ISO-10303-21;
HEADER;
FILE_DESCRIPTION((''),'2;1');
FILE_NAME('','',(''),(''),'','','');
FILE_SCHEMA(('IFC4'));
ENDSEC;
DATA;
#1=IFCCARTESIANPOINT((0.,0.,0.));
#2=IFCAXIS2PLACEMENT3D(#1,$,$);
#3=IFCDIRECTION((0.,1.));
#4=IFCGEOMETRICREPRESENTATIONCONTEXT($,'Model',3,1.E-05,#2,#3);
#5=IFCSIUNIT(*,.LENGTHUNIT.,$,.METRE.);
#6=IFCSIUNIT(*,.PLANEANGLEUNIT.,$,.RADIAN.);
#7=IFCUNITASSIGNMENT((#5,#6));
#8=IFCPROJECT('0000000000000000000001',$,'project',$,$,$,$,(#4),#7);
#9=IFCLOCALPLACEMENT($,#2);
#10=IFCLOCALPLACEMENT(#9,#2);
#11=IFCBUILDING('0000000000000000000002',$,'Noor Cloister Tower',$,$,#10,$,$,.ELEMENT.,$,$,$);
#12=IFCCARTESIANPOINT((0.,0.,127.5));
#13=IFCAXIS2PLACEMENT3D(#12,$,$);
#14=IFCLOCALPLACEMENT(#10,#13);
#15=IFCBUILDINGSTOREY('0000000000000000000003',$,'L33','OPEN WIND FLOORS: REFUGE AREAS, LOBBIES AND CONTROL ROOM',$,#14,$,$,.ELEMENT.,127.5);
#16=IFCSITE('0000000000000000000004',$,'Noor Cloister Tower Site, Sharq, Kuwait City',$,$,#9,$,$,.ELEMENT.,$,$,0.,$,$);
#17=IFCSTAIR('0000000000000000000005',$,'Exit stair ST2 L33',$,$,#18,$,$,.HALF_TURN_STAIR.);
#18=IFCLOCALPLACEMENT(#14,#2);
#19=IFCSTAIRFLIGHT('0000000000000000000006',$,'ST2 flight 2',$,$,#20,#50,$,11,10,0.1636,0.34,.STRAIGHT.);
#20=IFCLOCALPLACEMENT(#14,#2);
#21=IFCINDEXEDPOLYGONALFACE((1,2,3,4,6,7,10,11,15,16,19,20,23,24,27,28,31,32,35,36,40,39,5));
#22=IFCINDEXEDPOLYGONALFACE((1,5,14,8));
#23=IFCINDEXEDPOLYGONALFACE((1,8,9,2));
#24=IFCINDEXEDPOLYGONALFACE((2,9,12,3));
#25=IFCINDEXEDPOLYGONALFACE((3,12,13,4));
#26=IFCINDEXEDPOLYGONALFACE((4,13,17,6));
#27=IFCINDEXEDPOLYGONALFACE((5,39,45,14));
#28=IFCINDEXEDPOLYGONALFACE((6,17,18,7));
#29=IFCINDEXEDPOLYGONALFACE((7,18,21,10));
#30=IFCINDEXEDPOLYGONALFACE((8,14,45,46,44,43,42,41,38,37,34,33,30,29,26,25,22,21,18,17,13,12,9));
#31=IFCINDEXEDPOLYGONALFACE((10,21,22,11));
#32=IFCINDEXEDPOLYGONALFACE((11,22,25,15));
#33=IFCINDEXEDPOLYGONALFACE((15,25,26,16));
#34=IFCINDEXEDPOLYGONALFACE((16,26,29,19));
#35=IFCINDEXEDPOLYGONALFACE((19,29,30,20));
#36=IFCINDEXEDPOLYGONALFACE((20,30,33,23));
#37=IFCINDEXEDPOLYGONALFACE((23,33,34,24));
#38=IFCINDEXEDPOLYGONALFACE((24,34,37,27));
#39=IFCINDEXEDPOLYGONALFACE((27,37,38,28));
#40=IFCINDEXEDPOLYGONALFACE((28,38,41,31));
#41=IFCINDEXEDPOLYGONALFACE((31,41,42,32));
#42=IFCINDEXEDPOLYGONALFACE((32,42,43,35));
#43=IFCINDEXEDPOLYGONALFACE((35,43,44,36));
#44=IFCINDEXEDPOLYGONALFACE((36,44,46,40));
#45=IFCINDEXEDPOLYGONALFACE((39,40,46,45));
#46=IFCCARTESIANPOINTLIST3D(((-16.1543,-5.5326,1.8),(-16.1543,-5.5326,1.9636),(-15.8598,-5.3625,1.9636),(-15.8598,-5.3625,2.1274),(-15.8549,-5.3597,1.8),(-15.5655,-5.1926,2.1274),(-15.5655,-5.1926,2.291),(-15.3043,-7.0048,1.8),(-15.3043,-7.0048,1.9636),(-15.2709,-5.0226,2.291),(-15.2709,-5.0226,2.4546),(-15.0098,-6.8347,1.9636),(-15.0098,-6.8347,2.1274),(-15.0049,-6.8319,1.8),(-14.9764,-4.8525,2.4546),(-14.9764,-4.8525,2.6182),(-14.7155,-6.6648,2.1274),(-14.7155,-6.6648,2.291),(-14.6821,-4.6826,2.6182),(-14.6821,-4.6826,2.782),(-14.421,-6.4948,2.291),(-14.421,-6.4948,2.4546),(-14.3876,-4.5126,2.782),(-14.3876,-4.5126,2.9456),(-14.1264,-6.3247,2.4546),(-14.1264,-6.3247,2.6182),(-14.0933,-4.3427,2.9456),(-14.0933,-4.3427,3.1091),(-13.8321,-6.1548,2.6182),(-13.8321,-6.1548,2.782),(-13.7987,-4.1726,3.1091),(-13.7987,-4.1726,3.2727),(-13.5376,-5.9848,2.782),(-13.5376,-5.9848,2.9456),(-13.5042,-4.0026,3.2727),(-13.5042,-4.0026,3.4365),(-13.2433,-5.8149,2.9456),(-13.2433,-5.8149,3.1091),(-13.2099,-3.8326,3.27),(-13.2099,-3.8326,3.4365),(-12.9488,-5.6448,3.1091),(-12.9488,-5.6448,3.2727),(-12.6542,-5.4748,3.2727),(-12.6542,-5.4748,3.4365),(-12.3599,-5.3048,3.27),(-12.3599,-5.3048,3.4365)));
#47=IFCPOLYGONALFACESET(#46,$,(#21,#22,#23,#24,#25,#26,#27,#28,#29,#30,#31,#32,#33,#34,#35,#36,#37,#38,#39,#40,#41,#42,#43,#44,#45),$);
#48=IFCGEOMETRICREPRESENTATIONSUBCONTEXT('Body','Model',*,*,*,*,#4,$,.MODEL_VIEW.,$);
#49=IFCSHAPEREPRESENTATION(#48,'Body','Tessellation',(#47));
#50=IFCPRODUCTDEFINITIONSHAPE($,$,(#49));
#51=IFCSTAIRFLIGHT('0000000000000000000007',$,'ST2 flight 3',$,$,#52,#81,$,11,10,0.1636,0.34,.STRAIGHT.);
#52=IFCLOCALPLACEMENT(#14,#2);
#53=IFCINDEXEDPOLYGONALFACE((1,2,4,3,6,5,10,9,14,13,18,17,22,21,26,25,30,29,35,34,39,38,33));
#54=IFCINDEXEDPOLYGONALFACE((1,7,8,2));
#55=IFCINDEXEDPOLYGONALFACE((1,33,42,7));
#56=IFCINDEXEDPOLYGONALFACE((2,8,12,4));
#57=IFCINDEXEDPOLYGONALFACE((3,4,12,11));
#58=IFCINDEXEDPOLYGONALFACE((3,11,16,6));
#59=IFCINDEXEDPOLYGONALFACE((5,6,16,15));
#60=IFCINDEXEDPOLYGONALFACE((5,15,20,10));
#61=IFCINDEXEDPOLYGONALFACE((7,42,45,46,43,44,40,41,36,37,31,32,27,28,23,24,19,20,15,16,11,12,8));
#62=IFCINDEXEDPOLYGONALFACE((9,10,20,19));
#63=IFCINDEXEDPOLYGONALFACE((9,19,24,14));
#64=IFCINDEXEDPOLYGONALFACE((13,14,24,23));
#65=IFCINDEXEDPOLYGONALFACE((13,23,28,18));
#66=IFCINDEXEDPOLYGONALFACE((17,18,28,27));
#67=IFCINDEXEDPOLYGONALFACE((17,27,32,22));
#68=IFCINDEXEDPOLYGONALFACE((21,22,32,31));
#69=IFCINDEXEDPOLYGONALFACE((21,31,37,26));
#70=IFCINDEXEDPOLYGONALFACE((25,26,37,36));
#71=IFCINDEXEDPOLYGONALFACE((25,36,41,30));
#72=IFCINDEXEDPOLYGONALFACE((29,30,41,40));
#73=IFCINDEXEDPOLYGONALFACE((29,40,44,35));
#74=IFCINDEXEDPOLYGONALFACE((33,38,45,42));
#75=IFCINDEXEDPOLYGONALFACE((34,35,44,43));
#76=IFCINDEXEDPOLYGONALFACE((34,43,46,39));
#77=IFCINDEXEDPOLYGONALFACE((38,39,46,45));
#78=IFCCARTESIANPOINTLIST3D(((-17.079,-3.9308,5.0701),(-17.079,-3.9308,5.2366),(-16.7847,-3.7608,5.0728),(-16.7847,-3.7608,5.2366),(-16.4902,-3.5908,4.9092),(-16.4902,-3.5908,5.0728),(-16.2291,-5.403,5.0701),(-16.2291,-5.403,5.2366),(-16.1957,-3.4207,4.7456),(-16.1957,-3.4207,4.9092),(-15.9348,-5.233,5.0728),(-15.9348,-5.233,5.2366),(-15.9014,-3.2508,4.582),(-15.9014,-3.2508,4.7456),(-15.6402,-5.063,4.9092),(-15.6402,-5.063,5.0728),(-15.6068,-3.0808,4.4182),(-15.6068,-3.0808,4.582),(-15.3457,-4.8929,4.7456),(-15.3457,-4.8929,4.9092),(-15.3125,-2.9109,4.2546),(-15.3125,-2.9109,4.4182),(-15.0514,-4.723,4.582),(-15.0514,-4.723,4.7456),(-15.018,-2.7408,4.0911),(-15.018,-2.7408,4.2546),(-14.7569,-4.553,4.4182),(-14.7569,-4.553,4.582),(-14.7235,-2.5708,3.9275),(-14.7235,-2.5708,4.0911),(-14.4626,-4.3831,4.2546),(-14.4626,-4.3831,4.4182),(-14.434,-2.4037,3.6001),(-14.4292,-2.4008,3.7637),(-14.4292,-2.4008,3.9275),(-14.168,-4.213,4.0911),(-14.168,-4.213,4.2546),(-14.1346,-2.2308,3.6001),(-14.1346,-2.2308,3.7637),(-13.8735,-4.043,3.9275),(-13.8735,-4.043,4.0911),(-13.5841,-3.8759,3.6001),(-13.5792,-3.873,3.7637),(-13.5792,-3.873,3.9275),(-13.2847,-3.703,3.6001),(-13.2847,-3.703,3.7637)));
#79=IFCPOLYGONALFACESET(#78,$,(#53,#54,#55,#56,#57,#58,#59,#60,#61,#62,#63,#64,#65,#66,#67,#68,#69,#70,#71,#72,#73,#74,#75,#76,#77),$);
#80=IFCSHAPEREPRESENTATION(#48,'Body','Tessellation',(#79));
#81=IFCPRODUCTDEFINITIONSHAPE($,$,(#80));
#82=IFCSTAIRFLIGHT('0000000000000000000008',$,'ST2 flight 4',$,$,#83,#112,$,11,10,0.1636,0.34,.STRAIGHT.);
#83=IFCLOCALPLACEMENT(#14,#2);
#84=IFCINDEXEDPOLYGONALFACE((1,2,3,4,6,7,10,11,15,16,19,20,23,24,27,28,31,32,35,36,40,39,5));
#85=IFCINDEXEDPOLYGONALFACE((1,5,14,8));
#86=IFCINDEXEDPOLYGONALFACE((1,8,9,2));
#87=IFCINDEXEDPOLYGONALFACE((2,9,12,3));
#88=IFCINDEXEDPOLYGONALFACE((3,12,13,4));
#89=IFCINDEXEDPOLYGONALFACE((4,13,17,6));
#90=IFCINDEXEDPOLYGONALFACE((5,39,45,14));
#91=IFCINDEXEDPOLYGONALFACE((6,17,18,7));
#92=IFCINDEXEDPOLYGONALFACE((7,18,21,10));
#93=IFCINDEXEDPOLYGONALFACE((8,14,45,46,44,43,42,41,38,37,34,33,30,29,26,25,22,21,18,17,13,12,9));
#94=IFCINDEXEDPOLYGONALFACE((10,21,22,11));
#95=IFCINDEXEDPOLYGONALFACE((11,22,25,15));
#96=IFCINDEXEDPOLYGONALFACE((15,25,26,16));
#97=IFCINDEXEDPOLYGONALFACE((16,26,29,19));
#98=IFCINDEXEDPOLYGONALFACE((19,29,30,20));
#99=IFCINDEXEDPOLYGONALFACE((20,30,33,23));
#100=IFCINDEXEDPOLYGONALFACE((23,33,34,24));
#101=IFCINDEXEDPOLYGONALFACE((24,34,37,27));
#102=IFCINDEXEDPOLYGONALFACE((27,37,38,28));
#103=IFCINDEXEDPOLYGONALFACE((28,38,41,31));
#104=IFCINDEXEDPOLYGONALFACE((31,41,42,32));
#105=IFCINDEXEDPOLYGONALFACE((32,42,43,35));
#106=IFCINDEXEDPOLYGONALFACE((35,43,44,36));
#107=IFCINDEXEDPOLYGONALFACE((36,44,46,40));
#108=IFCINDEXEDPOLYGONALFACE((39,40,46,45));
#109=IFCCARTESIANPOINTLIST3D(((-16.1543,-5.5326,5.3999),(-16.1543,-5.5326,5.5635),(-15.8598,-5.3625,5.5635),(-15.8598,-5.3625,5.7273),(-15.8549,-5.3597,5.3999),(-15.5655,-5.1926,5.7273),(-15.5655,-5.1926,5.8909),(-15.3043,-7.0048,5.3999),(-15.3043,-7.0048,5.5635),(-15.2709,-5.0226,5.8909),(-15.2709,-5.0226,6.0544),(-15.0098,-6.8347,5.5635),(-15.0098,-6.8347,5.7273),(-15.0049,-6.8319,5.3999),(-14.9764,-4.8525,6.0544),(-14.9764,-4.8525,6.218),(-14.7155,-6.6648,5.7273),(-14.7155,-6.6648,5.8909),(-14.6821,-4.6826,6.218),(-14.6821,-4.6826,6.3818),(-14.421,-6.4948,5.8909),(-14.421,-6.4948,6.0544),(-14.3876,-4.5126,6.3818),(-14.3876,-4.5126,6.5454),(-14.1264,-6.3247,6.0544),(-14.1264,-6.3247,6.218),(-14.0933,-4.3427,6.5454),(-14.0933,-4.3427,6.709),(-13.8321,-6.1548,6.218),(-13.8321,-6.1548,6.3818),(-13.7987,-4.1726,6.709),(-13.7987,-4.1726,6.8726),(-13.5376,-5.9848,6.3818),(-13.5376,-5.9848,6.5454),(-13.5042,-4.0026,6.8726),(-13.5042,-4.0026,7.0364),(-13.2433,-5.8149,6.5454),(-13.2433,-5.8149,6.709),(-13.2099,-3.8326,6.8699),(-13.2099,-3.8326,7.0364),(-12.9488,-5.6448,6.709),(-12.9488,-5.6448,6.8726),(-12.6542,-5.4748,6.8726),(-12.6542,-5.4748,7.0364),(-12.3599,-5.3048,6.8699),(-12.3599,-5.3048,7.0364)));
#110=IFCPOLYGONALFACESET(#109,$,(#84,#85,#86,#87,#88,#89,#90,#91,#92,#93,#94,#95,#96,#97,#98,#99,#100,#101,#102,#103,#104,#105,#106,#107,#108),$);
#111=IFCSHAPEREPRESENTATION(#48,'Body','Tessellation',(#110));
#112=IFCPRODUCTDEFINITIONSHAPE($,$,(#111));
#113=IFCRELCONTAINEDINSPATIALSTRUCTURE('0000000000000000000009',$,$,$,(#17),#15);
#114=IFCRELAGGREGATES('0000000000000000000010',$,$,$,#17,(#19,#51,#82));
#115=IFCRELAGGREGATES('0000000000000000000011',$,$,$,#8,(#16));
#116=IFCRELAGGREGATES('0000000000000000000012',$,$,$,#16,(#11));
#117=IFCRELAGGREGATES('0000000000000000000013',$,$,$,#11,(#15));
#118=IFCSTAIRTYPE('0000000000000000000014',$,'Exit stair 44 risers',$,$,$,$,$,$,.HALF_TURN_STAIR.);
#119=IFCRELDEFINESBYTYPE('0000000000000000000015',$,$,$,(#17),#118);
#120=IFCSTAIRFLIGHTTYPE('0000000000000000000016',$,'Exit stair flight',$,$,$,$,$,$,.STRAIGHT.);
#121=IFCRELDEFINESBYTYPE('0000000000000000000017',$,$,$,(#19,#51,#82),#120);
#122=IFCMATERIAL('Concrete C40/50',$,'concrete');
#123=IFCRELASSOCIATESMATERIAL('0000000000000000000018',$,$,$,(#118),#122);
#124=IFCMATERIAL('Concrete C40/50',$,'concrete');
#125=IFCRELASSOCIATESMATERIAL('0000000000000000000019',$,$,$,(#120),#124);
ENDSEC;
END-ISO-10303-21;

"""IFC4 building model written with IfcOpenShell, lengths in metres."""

from ifc_helpers import new_model, si_unit, direction, frame, origin, place, context, subcontext, project, spatial, polyline, outline, extrude, material, type_object, element, aggregate, save


model = new_model("IFC4")

# Units and contexts
model_context = context("Model", 3, precision=1e-05, world=origin(), true_north=direction((0.0, 1.0)))
body_context = subcontext(model_context, "Body", "Model", "MODEL_VIEW")
ifc_project = project(units=[si_unit("LENGTHUNIT", "METRE"), si_unit("PLANEANGLEUNIT", "RADIAN")], contexts=[model_context])

# Site, building, storey
site_placement = place(None, origin())
site = spatial("IfcSite", under=ifc_project, at=site_placement, Name="Noor Cloister Tower Site, Sharq, Kuwait City", CompositionType="ELEMENT", RefElevation=0.0)
building_placement = place(site_placement, origin())
building = spatial("IfcBuilding", under=site, at=building_placement, Name="Noor Cloister Tower", CompositionType="ELEMENT")
storey_placement = place(building_placement, frame((0.0, 0.0, 127.5)))
storey = spatial("IfcBuildingStorey", under=building, at=storey_placement, Name="L33", Description="OPEN WIND FLOORS: REFUGE AREAS, LOBBIES AND CONTROL ROOM", CompositionType="ELEMENT", Elevation=127.5)

# Stair, stair flights
ifc_material_1 = material(Name="Concrete C40/50", Category="concrete")
stair_type = type_object("IfcStairType", Name="Exit stair 44 risers", PredefinedType="HALF_TURN_STAIR", material=ifc_material_1)
stair_placement = place(storey_placement, origin())
stair = element("IfcStair", 1, at=stair_placement, inside=storey, type_object=stair_type, Name="Exit stair ST2 L33", PredefinedType="HALF_TURN_STAIR")
ifc_material_2 = material(Name="Concrete C40/50", Category="concrete")
stair_flight_type = type_object("IfcStairFlightType", Name="Exit stair flight", PredefinedType="STRAIGHT", material=ifc_material_2)
stair_flight_1_placement = place(storey_placement, frame((-15.7292, -6.2688, 1.8), z_axis=(0.0, 0.0, 1.0), x_axis=(0.866025, 0.5, 0.0)))
stair_flight_1 = element("IfcStairFlight", 2, at=stair_flight_1_placement, type_object=stair_flight_type, Name="ST2 flight 2", NumberOfRisers=11, NumberOfTreads=10, PredefinedType="STRAIGHT", RiserHeight=0.1636, TreadLength=0.34, context=body_context, shape_type="SweptSolid", body=[
    extrude(outline(polyline([(0.0, 0.0), (0.0, 0.1636), (0.3401, 0.1636), (0.3401, 0.3274), (0.6799, 0.3274), (0.6799, 0.491), (1.02, 0.491), (1.02, 0.6545), (1.3601, 0.6545), (1.3601, 0.8181), (1.7, 0.8181), (1.7, 0.9819), (2.04, 0.9819), (2.04, 1.1455), (2.3799, 1.1455), (2.3799, 1.3091), (2.72, 1.3091), (2.72, 1.4727), (3.0601, 1.4727), (3.0601, 1.6365), (3.3999, 1.6365), (3.3999, 1.8), (3.3999, 1.47), (0.3457, 0.0), (0.0, 0.0)])), frame((0.0, 0.8501, 0.0), z_axis=(0.0, -1.0, 0.0), x_axis=(1.0, 0.0, 0.0)), (0.0, 0.0, 1.0), 1.7),
])
stair_flight_2_placement = place(storey_placement, frame((-13.7097, -2.9668, 3.6001), z_axis=(0.0, 0.0, 1.0), x_axis=(-0.866025, -0.5, 0.0)))
stair_flight_2 = element("IfcStairFlight", 3, at=stair_flight_2_placement, type_object=stair_flight_type, Name="ST2 flight 3", NumberOfRisers=11, NumberOfTreads=10, PredefinedType="STRAIGHT", RiserHeight=0.1636, TreadLength=0.34, context=body_context, shape_type="SweptSolid", body=[
    extrude(outline(polyline([(0.0, 0.0), (0.0, 0.1636), (0.3401, 0.1636), (0.3401, 0.3274), (0.6799, 0.3274), (0.6799, 0.491), (1.02, 0.491), (1.02, 0.6545), (1.3601, 0.6545), (1.3601, 0.8181), (1.7, 0.8181), (1.7, 0.9819), (2.04, 0.9819), (2.04, 1.1455), (2.3799, 1.1455), (2.3799, 1.3091), (2.72, 1.3091), (2.72, 1.4727), (3.0601, 1.4727), (3.0601, 1.6365), (3.3999, 1.6365), (3.3999, 1.8), (3.3999, 1.47), (0.3457, 0.0), (0.0, 0.0)])), frame((0.0, 0.8501, 0.0), z_axis=(0.0, -1.0, 0.0), x_axis=(1.0, 0.0, 0.0)), (0.0, 0.0, 1.0), 1.7),
])
stair_flight_3_placement = place(storey_placement, frame((-15.7292, -6.2688, 5.3999), z_axis=(0.0, 0.0, 1.0), x_axis=(0.866025, 0.5, 0.0)))
stair_flight_3 = element("IfcStairFlight", 4, at=stair_flight_3_placement, type_object=stair_flight_type, Name="ST2 flight 4", NumberOfRisers=11, NumberOfTreads=10, PredefinedType="STRAIGHT", RiserHeight=0.1636, TreadLength=0.34, context=body_context, shape_type="SweptSolid", body=[
    extrude(outline(polyline([(0.0, 0.0), (0.0, 0.1636), (0.3401, 0.1636), (0.3401, 0.3274), (0.6799, 0.3274), (0.6799, 0.491), (1.02, 0.491), (1.02, 0.6545), (1.3601, 0.6545), (1.3601, 0.8181), (1.7, 0.8181), (1.7, 0.9819), (2.04, 0.9819), (2.04, 1.1455), (2.3799, 1.1455), (2.3799, 1.3091), (2.72, 1.3091), (2.72, 1.4727), (3.0601, 1.4727), (3.0601, 1.6365), (3.3999, 1.6365), (3.3999, 1.8), (3.3999, 1.47), (0.3457, 0.0), (0.0, 0.0)])), frame((0.0, 0.8501, 0.0), z_axis=(0.0, -1.0, 0.0), x_axis=(1.0, 0.0, 0.0)), (0.0, 0.0, 1.0), 1.7),
])
aggregate(stair, [stair_flight_1, stair_flight_2, stair_flight_3])

save(model, "model.ifc")
